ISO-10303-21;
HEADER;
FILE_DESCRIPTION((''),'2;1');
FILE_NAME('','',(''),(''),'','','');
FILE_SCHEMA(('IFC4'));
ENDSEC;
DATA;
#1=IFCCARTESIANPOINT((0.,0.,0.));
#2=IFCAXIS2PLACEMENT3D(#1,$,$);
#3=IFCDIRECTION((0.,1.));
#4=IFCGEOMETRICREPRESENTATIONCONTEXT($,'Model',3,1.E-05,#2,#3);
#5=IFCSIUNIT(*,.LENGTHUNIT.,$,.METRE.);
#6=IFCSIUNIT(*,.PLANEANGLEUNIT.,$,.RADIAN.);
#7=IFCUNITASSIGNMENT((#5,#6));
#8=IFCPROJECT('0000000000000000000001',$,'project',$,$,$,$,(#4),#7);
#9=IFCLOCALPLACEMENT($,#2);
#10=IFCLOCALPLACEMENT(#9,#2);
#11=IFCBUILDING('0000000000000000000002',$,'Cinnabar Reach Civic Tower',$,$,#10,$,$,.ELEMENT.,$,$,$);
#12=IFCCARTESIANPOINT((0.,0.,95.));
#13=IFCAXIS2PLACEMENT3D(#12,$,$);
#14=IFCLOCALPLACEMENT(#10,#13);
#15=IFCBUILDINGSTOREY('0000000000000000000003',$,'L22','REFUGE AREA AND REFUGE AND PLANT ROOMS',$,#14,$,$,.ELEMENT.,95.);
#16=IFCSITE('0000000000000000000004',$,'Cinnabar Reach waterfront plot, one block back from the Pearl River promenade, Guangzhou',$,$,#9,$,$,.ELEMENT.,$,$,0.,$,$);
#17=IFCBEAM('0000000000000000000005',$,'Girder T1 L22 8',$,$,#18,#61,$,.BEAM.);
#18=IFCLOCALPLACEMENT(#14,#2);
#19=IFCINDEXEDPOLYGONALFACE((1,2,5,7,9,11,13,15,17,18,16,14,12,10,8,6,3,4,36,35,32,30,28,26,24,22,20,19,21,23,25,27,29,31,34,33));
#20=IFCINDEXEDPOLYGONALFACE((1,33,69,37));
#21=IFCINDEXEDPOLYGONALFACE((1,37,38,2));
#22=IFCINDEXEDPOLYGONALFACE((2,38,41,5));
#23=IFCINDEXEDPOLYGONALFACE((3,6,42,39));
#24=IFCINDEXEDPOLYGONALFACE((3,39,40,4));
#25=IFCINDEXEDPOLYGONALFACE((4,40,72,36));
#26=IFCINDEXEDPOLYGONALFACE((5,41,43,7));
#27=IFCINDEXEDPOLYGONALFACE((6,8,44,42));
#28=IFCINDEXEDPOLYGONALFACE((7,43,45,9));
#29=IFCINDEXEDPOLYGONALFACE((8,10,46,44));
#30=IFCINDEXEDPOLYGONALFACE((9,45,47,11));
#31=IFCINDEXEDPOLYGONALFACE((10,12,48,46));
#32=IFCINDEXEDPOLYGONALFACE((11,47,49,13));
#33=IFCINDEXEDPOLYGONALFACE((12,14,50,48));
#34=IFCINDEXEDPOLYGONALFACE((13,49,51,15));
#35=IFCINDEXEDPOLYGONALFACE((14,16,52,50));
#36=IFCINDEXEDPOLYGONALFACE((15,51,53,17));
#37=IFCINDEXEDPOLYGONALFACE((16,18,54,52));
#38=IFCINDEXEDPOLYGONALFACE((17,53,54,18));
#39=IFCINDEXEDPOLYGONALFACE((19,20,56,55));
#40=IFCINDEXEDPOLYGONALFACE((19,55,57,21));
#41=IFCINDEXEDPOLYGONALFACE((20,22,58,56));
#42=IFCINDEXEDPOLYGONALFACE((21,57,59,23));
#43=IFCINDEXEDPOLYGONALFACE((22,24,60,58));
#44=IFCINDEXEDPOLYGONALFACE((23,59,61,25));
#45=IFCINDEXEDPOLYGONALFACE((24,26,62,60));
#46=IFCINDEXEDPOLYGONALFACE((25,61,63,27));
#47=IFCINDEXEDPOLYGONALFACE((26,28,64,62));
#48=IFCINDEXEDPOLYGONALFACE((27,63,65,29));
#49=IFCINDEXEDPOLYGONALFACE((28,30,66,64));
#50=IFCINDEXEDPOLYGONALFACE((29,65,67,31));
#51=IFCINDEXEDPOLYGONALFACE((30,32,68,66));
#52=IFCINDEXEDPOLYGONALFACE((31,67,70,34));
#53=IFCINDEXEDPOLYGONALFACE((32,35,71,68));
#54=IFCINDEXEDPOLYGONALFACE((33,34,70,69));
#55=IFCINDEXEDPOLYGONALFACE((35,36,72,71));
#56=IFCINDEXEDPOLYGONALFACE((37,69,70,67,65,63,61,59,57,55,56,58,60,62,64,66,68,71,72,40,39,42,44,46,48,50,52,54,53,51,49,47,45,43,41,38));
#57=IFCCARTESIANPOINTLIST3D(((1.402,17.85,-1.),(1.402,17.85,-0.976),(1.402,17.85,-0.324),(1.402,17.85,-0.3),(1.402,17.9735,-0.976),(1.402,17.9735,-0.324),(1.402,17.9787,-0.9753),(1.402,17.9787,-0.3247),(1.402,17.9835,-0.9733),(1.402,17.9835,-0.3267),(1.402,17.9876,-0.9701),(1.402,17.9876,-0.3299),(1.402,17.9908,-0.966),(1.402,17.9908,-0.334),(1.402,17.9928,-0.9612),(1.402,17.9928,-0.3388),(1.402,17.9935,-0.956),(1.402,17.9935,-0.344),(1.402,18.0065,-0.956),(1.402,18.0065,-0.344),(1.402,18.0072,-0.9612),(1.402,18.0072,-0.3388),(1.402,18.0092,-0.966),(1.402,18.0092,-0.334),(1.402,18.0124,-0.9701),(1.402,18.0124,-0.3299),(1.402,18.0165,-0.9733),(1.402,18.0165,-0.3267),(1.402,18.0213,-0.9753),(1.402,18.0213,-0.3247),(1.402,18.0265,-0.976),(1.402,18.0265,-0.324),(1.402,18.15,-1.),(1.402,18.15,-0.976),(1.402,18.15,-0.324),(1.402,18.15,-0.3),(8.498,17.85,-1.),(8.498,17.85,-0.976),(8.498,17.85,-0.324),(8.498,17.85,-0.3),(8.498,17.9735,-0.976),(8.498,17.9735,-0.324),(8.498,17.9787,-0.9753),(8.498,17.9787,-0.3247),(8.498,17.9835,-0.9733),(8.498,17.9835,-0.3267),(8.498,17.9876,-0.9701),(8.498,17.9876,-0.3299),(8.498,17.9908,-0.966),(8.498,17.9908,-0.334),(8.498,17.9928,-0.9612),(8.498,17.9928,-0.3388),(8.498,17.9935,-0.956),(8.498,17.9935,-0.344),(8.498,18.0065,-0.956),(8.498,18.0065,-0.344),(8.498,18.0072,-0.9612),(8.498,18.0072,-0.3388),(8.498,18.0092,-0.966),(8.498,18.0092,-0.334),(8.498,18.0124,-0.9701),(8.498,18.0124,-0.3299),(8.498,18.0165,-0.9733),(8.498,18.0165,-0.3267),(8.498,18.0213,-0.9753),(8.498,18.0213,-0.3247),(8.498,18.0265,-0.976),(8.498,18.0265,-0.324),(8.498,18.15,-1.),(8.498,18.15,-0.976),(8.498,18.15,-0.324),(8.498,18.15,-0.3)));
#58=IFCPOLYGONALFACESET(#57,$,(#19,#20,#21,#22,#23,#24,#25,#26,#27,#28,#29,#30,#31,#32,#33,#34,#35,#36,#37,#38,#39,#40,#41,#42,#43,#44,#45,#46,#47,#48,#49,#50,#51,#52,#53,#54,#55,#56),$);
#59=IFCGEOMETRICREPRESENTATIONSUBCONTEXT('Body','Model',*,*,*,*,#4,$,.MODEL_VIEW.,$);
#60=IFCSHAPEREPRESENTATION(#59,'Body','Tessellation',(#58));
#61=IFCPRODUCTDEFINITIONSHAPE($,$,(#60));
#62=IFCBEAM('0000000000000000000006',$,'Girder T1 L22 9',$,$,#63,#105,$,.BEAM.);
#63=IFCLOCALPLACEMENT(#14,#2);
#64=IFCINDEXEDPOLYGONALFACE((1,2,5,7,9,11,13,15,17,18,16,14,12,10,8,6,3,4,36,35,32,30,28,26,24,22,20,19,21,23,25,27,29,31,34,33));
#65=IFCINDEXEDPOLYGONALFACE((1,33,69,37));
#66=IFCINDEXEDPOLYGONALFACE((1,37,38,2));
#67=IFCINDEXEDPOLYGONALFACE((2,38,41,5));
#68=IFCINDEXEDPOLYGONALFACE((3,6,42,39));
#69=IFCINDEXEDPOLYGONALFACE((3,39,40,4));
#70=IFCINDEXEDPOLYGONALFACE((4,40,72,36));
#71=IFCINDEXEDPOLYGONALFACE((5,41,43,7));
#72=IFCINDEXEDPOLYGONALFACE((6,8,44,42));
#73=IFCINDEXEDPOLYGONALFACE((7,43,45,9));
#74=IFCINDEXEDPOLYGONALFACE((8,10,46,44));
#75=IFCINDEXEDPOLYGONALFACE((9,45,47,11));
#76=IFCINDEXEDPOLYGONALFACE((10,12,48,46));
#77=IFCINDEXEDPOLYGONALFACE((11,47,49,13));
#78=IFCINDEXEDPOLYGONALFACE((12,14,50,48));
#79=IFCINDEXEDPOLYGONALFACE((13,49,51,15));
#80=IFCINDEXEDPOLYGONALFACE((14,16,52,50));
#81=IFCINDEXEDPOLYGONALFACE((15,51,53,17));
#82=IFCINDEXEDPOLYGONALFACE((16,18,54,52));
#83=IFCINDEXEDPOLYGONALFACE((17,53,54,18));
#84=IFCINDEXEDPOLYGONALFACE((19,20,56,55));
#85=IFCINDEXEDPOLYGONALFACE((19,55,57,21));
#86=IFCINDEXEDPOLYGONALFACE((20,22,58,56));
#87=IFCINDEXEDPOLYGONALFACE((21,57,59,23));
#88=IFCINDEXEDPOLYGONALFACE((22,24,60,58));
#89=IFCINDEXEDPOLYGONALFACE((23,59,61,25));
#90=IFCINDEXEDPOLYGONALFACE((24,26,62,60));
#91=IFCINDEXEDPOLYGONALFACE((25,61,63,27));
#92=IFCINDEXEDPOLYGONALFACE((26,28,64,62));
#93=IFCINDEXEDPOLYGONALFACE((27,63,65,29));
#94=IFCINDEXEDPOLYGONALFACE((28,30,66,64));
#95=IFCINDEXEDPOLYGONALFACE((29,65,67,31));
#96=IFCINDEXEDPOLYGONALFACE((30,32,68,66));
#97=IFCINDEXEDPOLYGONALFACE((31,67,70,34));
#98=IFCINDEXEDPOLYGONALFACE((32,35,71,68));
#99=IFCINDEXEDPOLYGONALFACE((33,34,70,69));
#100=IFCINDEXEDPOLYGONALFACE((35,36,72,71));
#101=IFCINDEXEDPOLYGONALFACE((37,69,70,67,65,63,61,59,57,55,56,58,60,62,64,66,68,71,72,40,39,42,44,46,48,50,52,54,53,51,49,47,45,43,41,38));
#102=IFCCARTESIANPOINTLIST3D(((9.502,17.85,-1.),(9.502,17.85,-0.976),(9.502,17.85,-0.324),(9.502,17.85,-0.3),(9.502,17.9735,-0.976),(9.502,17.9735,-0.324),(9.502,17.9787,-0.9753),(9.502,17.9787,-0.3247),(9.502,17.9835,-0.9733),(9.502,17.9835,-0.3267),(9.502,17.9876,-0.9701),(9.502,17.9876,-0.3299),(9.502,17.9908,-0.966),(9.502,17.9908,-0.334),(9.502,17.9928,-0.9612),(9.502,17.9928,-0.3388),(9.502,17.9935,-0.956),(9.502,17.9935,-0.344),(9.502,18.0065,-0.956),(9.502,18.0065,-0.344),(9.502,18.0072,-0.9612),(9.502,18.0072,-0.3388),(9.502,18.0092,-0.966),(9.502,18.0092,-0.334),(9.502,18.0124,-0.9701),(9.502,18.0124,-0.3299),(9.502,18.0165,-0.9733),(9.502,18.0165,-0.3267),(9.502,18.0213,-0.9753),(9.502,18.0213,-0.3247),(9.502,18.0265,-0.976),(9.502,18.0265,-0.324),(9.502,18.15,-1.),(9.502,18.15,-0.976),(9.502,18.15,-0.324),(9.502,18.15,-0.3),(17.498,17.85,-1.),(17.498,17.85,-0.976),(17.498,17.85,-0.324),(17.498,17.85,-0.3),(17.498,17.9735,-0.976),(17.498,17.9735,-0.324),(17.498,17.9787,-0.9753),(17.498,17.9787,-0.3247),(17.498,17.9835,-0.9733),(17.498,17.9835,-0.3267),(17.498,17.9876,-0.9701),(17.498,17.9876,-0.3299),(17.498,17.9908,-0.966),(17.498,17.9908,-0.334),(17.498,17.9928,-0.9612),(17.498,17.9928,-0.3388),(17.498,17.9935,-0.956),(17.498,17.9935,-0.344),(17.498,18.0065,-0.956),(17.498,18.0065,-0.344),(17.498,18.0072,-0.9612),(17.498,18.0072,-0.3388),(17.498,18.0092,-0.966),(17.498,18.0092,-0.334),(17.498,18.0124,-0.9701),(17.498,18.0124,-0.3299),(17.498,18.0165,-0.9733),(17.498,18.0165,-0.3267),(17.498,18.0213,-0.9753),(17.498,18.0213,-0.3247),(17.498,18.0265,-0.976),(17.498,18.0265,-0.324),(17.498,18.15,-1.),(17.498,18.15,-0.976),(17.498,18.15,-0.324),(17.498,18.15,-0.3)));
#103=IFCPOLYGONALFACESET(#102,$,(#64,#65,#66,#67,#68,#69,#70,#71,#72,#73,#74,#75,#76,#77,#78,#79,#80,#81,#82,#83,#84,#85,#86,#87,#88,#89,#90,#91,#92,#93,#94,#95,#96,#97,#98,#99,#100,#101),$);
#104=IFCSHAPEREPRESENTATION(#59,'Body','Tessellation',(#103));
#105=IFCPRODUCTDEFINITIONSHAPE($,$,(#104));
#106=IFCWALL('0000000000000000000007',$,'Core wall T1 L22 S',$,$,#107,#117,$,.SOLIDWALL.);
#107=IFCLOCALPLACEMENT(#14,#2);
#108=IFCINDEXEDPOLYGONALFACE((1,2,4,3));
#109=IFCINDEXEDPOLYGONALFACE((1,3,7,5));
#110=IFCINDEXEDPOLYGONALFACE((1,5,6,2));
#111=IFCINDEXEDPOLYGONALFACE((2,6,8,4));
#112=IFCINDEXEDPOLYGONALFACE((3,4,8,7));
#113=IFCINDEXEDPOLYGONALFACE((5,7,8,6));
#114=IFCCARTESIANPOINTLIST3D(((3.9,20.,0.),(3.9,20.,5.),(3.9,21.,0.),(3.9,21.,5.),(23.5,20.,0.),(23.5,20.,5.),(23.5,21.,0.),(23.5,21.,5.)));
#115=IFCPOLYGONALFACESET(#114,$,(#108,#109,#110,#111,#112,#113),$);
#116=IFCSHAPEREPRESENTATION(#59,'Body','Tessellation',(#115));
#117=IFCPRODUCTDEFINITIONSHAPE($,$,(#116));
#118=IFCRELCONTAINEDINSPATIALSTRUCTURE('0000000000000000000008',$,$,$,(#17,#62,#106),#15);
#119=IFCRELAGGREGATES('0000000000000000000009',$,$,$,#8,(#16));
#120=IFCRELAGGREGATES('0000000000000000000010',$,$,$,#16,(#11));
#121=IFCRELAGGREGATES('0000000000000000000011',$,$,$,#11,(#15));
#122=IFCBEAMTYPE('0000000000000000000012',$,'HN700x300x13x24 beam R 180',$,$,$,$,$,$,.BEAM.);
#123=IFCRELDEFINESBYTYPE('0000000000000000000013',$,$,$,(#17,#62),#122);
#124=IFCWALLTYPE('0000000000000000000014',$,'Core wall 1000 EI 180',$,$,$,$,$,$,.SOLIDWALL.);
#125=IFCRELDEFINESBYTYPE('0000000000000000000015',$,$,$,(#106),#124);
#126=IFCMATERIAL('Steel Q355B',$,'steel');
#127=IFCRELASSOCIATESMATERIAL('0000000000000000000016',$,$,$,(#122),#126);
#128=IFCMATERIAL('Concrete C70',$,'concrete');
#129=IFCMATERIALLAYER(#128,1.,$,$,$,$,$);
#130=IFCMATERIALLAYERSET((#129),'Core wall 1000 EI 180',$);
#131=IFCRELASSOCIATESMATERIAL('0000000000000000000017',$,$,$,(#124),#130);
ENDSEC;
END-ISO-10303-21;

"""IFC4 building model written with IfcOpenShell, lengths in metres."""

from ifc_helpers import new_model, si_unit, direction, frame, frame_2d, origin, origin_2d, place, context, subcontext, project, spatial, rectangle, i_section, extrude, material, layer, layer_set, material_profile, profile_set, type_object, element, save


model = new_model("IFC4")

# Units and contexts
model_context = context("Model", 3, precision=1e-05, world=origin(), true_north=direction((0.0, 1.0)))
body_context = subcontext(model_context, "Body", "Model", "MODEL_VIEW")
ifc_project = project(units=[si_unit("LENGTHUNIT", "METRE"), si_unit("PLANEANGLEUNIT", "RADIAN")], contexts=[model_context])

# Site, building, storey
site_placement = place(None, origin())
site = spatial("IfcSite", under=ifc_project, at=site_placement, Name="Cinnabar Reach waterfront plot, one block back from the Pearl River promenade, Guangzhou", CompositionType="ELEMENT", RefElevation=0.0)
building_placement = place(site_placement, origin())
building = spatial("IfcBuilding", under=site, at=building_placement, Name="Cinnabar Reach Civic Tower", CompositionType="ELEMENT")
storey_placement = place(building_placement, frame((0.0, 0.0, 95.0)))
storey = spatial("IfcBuildingStorey", under=building, at=storey_placement, Name="L22", Description="REFUGE AREA AND REFUGE AND PLANT ROOMS", CompositionType="ELEMENT", Elevation=95.0)

# Shared definitions
ifc_material_1 = material(Name="Concrete C70", Category="concrete")

# Beams
ifc_material_2 = material(Name="Steel Q355B", Category="steel")
ifc_material_profile_1 = material_profile(ifc_material_2, i_section(OverallWidth=0.3, OverallDepth=0.7, WebThickness=0.013, FlangeThickness=0.024, FilletRadius=0.02, at=origin_2d()), Name="HN700x300x13x24")
ifc_profile_set_1 = profile_set([ifc_material_profile_1], Name="Steel Q355B")
beam_type_1 = type_object("IfcBeamType", Name="HN700x300x13x24 beam R 180", PredefinedType="BEAM", material=ifc_profile_set_1)
beam_1_placement = place(storey_placement, frame((1.402, 18.0, -0.65), z_axis=(1.0, 0.0, 0.0), x_axis=(0.0, 1.0, 0.0)))
element("IfcBeam", 1, at=beam_1_placement, inside=storey, type_object=beam_type_1, Name="Girder T1 L22 8", PredefinedType="BEAM", context=body_context, shape_type="SweptSolid", body=[
    extrude(i_section(OverallWidth=0.3, OverallDepth=0.7, WebThickness=0.013, FlangeThickness=0.024, FilletRadius=0.02, at=origin_2d()), origin(), (0.0, 0.0, 1.0), 7.096),
])
beam_2_placement = place(storey_placement, frame((9.502, 18.0, -0.65), z_axis=(1.0, 0.0, 0.0), x_axis=(0.0, 1.0, 0.0)))
element("IfcBeam", 2, at=beam_2_placement, inside=storey, type_object=beam_type_1, Name="Girder T1 L22 9", PredefinedType="BEAM", context=body_context, shape_type="SweptSolid", body=[
    extrude(i_section(OverallWidth=0.3, OverallDepth=0.7, WebThickness=0.013, FlangeThickness=0.024, FilletRadius=0.02, at=origin_2d()), origin(), (0.0, 0.0, 1.0), 7.996),
])

# Wall
ifc_layer_1 = layer(ifc_material_1, 1.0)
ifc_layer_set_1 = layer_set([ifc_layer_1], Name="Core wall 1000 EI 180")
wall_type_1 = type_object("IfcWallType", Name="Core wall 1000 EI 180", PredefinedType="SOLIDWALL", material=ifc_layer_set_1)
wall_1_placement = place(storey_placement, frame((3.9, 20.5, 0.0), z_axis=(0.0, 0.0, 1.0), x_axis=(1.0, 0.0, 0.0)))
element("IfcWall", 3, at=wall_1_placement, inside=storey, type_object=wall_type_1, Name="Core wall T1 L22 S", PredefinedType="SOLIDWALL", context=body_context, shape_type="SweptSolid", body=[
    extrude(rectangle(XDim=19.6, YDim=1.0, at=frame_2d((9.8, 0.0))), origin(), (0.0, 0.0, 1.0), 5.0),
])

save(model, "model.ifc")
